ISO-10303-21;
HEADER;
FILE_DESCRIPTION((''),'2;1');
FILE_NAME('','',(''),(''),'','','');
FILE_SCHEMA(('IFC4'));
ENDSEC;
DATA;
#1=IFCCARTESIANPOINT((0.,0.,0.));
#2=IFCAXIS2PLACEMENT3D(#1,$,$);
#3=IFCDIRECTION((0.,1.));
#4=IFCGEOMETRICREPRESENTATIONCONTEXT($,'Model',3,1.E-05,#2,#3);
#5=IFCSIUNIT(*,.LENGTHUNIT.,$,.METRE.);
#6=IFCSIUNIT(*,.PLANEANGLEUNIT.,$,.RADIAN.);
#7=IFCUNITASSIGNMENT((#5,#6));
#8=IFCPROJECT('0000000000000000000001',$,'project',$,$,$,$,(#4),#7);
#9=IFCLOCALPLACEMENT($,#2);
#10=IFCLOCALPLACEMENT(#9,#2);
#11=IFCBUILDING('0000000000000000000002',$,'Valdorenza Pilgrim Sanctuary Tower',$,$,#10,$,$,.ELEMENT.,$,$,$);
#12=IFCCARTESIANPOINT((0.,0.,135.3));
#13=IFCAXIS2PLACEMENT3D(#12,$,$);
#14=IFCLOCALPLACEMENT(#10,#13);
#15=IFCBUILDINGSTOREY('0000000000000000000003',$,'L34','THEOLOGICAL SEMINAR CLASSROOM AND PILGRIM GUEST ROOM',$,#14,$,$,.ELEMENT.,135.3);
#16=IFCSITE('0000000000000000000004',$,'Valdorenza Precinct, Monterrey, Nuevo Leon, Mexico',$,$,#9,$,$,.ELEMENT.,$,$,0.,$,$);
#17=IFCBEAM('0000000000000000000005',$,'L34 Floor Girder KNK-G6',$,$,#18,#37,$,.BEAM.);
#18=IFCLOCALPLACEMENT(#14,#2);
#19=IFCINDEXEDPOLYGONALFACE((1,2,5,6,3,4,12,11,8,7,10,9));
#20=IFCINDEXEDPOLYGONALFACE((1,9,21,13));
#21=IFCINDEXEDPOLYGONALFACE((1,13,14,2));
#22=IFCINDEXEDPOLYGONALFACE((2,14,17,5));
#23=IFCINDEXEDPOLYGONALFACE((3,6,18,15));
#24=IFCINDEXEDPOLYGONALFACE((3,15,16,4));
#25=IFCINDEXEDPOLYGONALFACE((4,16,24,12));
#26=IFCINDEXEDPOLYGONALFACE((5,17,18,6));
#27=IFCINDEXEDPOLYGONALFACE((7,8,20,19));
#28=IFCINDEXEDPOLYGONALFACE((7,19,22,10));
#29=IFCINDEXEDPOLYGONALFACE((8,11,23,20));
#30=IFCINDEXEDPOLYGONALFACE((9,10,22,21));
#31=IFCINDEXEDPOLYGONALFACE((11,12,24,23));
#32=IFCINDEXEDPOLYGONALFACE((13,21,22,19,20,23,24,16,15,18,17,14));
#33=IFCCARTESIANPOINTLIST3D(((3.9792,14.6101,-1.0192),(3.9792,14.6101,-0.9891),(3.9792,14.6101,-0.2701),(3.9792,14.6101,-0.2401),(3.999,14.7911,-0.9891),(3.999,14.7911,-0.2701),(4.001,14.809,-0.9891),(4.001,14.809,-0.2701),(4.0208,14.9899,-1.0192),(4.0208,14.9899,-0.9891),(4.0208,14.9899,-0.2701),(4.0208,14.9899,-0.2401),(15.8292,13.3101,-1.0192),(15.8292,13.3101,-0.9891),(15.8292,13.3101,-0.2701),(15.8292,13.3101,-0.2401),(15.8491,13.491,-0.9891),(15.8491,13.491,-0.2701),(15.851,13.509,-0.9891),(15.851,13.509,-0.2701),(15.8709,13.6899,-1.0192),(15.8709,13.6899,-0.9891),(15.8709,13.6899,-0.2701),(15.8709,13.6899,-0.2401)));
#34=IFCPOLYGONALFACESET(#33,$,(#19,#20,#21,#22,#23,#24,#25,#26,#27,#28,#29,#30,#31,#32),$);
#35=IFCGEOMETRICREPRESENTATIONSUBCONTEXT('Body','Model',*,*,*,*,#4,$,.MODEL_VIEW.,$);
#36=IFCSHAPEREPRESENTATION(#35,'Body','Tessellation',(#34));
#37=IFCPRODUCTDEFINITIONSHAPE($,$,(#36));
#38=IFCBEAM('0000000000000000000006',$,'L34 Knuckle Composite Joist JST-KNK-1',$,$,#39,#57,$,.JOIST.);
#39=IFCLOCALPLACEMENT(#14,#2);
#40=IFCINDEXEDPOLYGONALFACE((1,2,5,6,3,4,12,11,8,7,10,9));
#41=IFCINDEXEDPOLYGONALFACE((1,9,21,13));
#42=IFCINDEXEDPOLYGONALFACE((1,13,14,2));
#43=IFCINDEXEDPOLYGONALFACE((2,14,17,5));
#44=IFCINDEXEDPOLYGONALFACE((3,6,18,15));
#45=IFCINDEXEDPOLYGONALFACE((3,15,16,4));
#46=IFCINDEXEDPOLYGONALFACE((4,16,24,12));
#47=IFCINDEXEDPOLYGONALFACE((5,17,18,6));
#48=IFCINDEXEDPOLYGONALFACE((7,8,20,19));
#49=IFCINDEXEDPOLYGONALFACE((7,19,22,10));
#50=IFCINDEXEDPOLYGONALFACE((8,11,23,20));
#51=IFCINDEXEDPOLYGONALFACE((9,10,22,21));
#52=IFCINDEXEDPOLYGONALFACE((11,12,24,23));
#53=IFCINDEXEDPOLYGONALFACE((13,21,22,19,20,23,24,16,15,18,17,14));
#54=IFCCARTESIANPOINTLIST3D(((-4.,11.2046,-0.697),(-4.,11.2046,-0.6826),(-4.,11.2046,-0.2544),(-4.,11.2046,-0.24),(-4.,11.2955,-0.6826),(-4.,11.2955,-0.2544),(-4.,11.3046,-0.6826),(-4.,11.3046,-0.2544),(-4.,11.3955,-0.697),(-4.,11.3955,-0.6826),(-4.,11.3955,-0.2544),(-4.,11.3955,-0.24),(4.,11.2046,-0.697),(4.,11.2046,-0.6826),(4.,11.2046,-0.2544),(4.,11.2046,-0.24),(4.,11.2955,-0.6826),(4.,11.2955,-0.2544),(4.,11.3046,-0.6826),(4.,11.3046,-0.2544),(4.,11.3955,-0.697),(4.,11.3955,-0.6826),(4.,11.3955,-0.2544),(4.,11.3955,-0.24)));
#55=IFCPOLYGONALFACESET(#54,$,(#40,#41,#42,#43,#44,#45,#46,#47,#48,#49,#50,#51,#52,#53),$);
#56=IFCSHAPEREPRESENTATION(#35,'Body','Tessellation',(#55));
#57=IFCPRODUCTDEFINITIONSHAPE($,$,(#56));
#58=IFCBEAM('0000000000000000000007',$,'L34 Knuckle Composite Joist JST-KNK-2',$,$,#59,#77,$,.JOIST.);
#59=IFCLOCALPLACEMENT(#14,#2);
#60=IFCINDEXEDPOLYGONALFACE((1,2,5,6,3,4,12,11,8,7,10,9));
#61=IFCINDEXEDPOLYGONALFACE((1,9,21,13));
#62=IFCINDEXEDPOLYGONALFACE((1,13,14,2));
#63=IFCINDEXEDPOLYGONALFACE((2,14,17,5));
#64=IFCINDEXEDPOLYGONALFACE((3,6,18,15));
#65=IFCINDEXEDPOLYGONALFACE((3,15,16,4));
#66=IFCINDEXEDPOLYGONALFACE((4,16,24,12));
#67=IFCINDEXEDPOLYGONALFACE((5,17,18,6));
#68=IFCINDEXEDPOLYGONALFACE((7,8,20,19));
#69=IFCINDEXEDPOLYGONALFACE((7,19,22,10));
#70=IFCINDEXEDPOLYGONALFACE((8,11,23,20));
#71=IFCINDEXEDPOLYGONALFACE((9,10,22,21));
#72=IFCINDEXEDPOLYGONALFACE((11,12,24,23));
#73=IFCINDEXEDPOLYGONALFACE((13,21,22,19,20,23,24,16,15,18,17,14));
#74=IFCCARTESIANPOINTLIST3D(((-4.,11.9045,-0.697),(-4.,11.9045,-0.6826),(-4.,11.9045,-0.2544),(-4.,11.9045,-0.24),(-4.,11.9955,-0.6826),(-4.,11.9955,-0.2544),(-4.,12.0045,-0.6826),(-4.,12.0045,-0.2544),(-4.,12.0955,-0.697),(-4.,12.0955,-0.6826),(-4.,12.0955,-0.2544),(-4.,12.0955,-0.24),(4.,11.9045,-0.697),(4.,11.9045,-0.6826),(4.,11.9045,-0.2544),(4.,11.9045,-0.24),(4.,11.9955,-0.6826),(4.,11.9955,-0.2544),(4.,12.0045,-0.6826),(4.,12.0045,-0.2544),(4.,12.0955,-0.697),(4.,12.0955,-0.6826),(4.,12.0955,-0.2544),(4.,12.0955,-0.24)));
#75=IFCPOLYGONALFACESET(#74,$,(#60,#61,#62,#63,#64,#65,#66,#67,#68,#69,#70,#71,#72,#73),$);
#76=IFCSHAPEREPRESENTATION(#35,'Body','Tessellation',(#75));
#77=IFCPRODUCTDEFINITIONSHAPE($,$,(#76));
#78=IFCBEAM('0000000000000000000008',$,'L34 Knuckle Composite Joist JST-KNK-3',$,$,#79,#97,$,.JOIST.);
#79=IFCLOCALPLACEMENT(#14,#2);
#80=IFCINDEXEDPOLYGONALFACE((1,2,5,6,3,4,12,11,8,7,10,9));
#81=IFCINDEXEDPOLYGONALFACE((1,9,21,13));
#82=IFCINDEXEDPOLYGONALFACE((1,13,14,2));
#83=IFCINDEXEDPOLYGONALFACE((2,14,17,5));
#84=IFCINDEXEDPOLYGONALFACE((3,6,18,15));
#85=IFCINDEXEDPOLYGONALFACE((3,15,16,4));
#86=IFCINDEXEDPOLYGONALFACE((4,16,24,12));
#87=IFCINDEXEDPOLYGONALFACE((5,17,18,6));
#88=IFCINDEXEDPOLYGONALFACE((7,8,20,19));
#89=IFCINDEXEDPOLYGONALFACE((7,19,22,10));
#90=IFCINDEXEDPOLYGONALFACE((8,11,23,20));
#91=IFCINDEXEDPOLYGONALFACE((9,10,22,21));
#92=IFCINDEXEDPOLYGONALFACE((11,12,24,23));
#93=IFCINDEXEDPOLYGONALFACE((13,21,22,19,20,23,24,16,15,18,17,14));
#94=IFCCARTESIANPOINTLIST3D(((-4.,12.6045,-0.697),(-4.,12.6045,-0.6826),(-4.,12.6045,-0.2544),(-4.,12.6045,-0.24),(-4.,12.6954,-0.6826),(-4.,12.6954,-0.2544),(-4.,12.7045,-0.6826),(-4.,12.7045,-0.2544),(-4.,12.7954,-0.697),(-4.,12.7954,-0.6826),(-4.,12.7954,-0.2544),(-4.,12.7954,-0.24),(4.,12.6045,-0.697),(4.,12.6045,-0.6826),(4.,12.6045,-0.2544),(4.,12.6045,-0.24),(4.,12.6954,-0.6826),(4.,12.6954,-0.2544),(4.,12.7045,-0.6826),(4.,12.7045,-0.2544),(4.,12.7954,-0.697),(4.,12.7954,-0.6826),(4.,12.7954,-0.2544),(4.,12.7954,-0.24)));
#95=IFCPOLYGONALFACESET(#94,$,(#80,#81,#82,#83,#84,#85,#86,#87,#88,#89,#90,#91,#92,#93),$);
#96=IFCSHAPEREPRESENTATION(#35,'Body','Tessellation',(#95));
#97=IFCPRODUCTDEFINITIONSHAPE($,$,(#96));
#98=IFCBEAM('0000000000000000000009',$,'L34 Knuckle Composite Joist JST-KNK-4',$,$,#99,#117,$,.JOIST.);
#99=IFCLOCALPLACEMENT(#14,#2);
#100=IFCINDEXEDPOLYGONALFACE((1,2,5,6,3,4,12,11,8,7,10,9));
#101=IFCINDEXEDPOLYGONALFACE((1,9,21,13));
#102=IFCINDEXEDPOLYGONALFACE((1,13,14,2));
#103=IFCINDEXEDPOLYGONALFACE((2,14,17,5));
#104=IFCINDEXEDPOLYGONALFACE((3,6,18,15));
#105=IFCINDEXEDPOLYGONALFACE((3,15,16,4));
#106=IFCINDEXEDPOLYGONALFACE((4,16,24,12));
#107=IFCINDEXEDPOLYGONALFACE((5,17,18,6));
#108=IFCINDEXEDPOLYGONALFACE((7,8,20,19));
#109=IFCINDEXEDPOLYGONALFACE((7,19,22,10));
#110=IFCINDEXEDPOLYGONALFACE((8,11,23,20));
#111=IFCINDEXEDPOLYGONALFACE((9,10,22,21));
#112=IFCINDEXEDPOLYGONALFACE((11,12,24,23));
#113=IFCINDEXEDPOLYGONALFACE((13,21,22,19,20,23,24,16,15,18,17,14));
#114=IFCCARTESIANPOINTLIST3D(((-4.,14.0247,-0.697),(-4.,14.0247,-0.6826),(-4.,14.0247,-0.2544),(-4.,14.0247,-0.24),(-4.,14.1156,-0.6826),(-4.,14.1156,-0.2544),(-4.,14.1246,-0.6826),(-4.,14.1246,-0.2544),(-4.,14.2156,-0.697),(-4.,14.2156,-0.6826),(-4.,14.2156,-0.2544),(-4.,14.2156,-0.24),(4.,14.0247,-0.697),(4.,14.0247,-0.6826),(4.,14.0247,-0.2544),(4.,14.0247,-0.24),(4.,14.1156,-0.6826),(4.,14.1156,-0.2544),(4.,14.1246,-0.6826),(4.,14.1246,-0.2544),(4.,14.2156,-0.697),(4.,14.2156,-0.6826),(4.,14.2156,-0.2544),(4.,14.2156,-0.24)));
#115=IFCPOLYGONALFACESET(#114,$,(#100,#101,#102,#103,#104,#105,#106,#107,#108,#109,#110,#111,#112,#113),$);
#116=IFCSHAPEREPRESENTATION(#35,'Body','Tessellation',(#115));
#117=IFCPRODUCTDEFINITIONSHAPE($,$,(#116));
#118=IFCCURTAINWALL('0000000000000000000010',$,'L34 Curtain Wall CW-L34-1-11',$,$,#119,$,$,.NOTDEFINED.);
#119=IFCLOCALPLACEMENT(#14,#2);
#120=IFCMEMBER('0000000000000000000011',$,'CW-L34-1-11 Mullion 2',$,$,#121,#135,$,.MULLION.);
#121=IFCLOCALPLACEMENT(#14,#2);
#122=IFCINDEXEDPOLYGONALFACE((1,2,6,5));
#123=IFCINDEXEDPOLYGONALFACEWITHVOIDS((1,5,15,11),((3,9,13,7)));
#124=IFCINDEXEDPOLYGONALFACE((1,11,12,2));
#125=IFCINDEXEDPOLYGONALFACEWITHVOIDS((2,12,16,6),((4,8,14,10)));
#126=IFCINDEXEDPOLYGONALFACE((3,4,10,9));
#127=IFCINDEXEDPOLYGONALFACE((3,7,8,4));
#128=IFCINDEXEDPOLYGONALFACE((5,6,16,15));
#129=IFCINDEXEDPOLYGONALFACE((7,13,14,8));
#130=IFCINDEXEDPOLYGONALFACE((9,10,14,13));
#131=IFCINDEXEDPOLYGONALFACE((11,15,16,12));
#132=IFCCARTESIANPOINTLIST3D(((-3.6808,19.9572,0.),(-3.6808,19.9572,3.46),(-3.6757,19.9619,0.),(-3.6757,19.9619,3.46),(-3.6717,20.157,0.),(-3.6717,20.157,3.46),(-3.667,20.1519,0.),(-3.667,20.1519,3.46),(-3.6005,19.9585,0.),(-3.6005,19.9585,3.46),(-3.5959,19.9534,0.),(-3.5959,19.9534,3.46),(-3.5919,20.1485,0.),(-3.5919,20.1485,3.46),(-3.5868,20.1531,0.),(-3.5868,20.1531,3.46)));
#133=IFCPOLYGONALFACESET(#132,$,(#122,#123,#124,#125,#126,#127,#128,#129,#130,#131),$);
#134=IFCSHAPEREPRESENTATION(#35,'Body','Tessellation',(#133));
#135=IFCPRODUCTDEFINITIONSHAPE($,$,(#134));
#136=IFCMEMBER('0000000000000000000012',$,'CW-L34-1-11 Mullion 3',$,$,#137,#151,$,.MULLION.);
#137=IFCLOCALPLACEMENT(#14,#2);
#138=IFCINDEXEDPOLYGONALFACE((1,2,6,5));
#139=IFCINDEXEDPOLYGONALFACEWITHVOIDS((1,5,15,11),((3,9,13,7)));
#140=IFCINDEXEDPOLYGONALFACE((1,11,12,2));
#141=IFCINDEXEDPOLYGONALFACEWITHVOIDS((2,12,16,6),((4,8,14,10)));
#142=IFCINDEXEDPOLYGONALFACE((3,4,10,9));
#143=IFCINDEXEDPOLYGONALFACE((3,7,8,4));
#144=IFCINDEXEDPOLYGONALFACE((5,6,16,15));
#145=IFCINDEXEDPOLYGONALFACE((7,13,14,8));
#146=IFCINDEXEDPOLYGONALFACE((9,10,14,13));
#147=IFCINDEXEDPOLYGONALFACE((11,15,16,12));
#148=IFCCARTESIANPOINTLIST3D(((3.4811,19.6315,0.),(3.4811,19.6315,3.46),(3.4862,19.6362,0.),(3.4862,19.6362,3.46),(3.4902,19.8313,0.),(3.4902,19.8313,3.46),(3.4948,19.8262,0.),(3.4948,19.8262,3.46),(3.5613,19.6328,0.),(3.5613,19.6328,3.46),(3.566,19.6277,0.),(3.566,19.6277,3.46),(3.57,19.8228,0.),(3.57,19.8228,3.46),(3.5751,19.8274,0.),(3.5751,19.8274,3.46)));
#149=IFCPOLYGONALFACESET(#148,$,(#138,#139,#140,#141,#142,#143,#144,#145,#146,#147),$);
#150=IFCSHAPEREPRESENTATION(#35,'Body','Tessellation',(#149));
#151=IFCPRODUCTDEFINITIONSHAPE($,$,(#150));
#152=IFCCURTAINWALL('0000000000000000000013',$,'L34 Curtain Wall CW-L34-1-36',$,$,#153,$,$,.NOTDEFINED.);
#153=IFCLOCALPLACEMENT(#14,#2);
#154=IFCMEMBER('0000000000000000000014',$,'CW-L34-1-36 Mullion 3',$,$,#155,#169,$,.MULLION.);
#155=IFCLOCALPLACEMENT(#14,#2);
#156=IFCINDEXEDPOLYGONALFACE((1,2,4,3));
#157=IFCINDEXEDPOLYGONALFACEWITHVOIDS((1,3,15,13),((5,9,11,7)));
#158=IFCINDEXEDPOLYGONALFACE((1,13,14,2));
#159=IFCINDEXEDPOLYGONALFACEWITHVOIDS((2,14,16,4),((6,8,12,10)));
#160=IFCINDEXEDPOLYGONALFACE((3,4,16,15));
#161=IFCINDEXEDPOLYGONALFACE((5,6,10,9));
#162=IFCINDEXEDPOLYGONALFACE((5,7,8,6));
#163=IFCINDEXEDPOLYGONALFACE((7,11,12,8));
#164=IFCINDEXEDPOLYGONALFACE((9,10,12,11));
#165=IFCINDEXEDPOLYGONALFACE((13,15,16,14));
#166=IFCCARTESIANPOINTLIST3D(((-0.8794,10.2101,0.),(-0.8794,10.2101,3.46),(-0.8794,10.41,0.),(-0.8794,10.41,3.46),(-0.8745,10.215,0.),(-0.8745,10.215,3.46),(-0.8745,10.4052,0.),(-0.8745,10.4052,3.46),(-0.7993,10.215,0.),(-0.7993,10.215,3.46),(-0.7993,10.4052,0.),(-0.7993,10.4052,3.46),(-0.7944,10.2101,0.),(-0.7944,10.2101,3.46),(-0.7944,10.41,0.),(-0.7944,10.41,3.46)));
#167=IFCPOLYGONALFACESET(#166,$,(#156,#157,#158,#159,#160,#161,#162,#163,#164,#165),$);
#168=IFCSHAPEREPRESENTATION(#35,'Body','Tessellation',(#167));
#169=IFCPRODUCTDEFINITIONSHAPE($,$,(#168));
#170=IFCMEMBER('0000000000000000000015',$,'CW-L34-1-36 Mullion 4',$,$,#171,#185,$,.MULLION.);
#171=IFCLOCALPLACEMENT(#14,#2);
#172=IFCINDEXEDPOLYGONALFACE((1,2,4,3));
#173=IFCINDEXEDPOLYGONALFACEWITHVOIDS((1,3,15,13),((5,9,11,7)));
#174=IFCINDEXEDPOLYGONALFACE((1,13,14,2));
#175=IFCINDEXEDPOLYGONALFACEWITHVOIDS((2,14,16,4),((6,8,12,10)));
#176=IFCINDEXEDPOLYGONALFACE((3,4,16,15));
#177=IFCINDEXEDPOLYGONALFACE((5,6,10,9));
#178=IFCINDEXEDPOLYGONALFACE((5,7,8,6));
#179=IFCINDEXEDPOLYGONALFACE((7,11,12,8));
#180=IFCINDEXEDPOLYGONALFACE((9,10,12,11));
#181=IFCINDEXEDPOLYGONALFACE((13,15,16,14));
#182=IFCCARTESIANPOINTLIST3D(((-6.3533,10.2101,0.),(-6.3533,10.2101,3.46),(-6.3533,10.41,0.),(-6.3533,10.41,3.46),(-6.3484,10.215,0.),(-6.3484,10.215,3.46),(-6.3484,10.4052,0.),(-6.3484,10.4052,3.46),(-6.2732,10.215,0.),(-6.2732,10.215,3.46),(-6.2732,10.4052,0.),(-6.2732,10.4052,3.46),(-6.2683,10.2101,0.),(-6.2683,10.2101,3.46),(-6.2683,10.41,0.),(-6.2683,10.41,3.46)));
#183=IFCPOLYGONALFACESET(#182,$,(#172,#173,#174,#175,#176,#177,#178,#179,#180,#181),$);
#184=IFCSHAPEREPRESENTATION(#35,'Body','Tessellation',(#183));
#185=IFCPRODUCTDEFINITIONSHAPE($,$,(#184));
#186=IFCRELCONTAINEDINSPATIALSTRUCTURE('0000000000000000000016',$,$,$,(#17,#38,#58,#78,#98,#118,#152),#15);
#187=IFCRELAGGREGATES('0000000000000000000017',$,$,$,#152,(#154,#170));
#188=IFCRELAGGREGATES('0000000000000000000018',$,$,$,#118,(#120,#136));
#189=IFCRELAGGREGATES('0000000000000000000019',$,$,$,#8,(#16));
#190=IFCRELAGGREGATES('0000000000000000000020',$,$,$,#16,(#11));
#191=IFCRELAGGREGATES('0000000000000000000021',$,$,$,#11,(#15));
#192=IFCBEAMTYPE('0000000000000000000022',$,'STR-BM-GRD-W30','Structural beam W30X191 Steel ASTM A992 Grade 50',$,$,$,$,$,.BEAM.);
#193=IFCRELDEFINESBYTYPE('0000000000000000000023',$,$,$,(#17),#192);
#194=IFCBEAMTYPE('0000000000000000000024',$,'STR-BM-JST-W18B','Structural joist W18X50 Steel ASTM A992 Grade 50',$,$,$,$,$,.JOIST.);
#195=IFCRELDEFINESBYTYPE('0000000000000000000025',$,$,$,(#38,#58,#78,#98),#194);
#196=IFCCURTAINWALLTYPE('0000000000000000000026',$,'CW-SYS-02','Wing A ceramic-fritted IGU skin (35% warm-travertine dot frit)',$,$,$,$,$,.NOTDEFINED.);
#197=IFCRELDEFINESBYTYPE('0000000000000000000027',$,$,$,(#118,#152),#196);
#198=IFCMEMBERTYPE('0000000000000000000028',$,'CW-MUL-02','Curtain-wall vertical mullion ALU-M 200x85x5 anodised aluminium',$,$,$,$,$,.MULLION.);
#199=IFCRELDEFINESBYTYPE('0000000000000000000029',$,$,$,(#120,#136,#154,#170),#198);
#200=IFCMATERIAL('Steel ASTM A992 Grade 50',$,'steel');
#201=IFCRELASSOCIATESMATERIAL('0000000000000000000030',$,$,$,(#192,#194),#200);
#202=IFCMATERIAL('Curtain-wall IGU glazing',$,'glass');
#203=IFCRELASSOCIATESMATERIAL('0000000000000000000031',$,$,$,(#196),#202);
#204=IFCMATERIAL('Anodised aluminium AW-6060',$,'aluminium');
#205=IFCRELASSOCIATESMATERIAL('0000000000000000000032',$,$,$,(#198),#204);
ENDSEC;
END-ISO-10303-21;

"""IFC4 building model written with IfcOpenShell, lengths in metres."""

from ifc_helpers import new_model, si_unit, direction, frame, origin, origin_2d, place, context, subcontext, project, spatial, hollow_rectangle, i_section, extrude, source, transform, mapped, material, material_profile, profile_set, type_object, element, aggregate, save


model = new_model("IFC4")

# Units and contexts
model_context = context("Model", 3, precision=1e-05, world=origin(), true_north=direction((0.0, 1.0)))
body_context = subcontext(model_context, "Body", "Model", "MODEL_VIEW")
ifc_project = project(units=[si_unit("LENGTHUNIT", "METRE"), si_unit("PLANEANGLEUNIT", "RADIAN")], contexts=[model_context])

# Site, building, storey
site_placement = place(None, origin())
site = spatial("IfcSite", under=ifc_project, at=site_placement, Name="Valdorenza Precinct, Monterrey, Nuevo Leon, Mexico", CompositionType="ELEMENT", RefElevation=0.0)
building_placement = place(site_placement, origin())
building = spatial("IfcBuilding", under=site, at=building_placement, Name="Valdorenza Pilgrim Sanctuary Tower", CompositionType="ELEMENT")
storey_placement = place(building_placement, frame((0.0, 0.0, 135.3)))
storey = spatial("IfcBuildingStorey", under=building, at=storey_placement, Name="L34", Description="THEOLOGICAL SEMINAR CLASSROOM AND PILGRIM GUEST ROOM", CompositionType="ELEMENT", Elevation=135.3)

# Shared definitions
ifc_material_1 = material(Name="Steel ASTM A992 Grade 50", Category="steel")

# Beams
ifc_material_profile_1 = material_profile(ifc_material_1, i_section(OverallWidth=0.3821, OverallDepth=0.7791, WebThickness=0.0181, FlangeThickness=0.03, at=origin_2d()), Name="W30X191")
ifc_profile_set_1 = profile_set([ifc_material_profile_1], Name="Steel ASTM A992 Grade 50")
beam_type_1 = type_object("IfcBeamType", Name="STR-BM-GRD-W30", Description="Structural beam W30X191 Steel ASTM A992 Grade 50", PredefinedType="BEAM", material=ifc_profile_set_1)
shared_shape_1 = source(origin(), body_context, "Body", "SweptSolid", [
    extrude(i_section(OverallWidth=0.3821, OverallDepth=0.7791, WebThickness=0.0181, FlangeThickness=0.03, at=origin_2d()), origin(), (0.0, 0.0, 1.0), 11.9211),
])
beam_1_placement = place(storey_placement, frame((4.0, 14.8, -0.6296), z_axis=(0.994036, -0.109054, 0.0), x_axis=(0.109054, 0.994036, 0.0)))
element("IfcBeam", 1, at=beam_1_placement, inside=storey, type_object=beam_type_1, Name="L34 Floor Girder KNK-G6", PredefinedType="BEAM", context=body_context, shape_type="MappedRepresentation", body=[
    mapped(shared_shape_1, transform((0.0, 0.0, 0.0), x_axis=(1.0, 0.0, 0.0), y_axis=(0.0, 1.0, 0.0), z_axis=(0.0, 0.0, 1.0), scale=1.0)),
])
ifc_material_profile_2 = material_profile(ifc_material_1, i_section(OverallWidth=0.1909, OverallDepth=0.457, WebThickness=0.009, FlangeThickness=0.0144, at=origin_2d()), Name="W18X50")
ifc_profile_set_2 = profile_set([ifc_material_profile_2], Name="Steel ASTM A992 Grade 50")
beam_type_2 = type_object("IfcBeamType", Name="STR-BM-JST-W18B", Description="Structural joist W18X50 Steel ASTM A992 Grade 50", PredefinedType="JOIST", material=ifc_profile_set_2)
shared_shape_2 = source(origin(), body_context, "Body", "SweptSolid", [
    extrude(i_section(OverallWidth=0.1909, OverallDepth=0.457, WebThickness=0.009, FlangeThickness=0.0144, at=origin_2d()), origin(), (0.0, 0.0, 1.0), 8.0),
])
for number, where, z_axis, x_axis, name in (
    (2, (-4.0, 11.3, -0.4685), (1.0, 0.0, 0.0), (0.0, 1.0, 0.0), "L34 Knuckle Composite Joist JST-KNK-1"),
    (3, (-4.0, 12.0, -0.4685), (1.0, 0.0, 0.0), (0.0, 1.0, 0.0), "L34 Knuckle Composite Joist JST-KNK-2"),
    (4, (-4.0, 12.7, -0.4685), (1.0, 0.0, 0.0), (0.0, 1.0, 0.0), "L34 Knuckle Composite Joist JST-KNK-3"),
    (5, (-4.0, 14.1201, -0.4685), (1.0, 0.0, 0.0), (0.0, 1.0, 0.0), "L34 Knuckle Composite Joist JST-KNK-4"),
):
    element("IfcBeam", number, at=place(storey_placement, frame(where, z_axis=z_axis, x_axis=x_axis)), inside=storey, type_object=beam_type_2, Name=name, PredefinedType="JOIST", context=body_context, shape_type="MappedRepresentation", body=[
        mapped(shared_shape_2, transform((0.0, 0.0, 0.0), x_axis=(1.0, 0.0, 0.0), y_axis=(0.0, 1.0, 0.0), z_axis=(0.0, 0.0, 1.0), scale=1.0)),
    ])

# Curtain wall, members
ifc_material_2 = material(Name="Curtain-wall IGU glazing", Category="glass")
curtain_wall_type = type_object("IfcCurtainWallType", Name="CW-SYS-02", Description="Wing A ceramic-fritted IGU skin (35% warm-travertine dot frit)", PredefinedType="NOTDEFINED", material=ifc_material_2)
curtain_wall_1_placement = place(storey_placement, origin())
curtain_wall_1 = element("IfcCurtainWall", 6, at=curtain_wall_1_placement, inside=storey, type_object=curtain_wall_type, Name="L34 Curtain Wall CW-L34-1-11", PredefinedType="NOTDEFINED")
ifc_material_3 = material(Name="Anodised aluminium AW-6060", Category="aluminium")
ifc_material_profile_3 = material_profile(ifc_material_3, hollow_rectangle(XDim=0.085, YDim=0.2, WallThickness=0.0049, at=origin_2d()), Name="ALU-M 200x85x5")
ifc_profile_set_3 = profile_set([ifc_material_profile_3], Name="Anodised aluminium AW-6060")
member_type = type_object("IfcMemberType", Name="CW-MUL-02", Description="Curtain-wall vertical mullion ALU-M 200x85x5 anodised aluminium", PredefinedType="MULLION", material=ifc_profile_set_3)
shared_shape_3 = source(origin(), body_context, "Body", "SweptSolid", [
    extrude(hollow_rectangle(XDim=0.085, YDim=0.2, WallThickness=0.0049, at=origin_2d()), origin(), (0.0, 0.0, 1.0), 3.46),
])
member_1_placement = place(storey_placement, frame((-3.6338, 20.0552, 0.0), z_axis=(0.0, 0.0, 1.0), x_axis=(0.998968, -0.045415, 0.0)))
member_1 = element("IfcMember", 7, at=member_1_placement, type_object=member_type, Name="CW-L34-1-11 Mullion 2", PredefinedType="MULLION", context=body_context, shape_type="MappedRepresentation", body=[
    mapped(shared_shape_3, transform((0.0, 0.0, 0.0), x_axis=(1.0, 0.0, 0.0), y_axis=(0.0, 1.0, 0.0), z_axis=(0.0, 0.0, 1.0), scale=1.0)),
])
member_2_placement = place(storey_placement, frame((3.5281, 19.7295, 0.0), z_axis=(0.0, 0.0, 1.0), x_axis=(0.998968, -0.045415, 0.0)))
member_2 = element("IfcMember", 8, at=member_2_placement, type_object=member_type, Name="CW-L34-1-11 Mullion 3", PredefinedType="MULLION", context=body_context, shape_type="MappedRepresentation", body=[
    mapped(shared_shape_3, transform((0.0, 0.0, 0.0), x_axis=(1.0, 0.0, 0.0), y_axis=(0.0, 1.0, 0.0), z_axis=(0.0, 0.0, 1.0), scale=1.0)),
])

# Curtain wall, members
curtain_wall_2_placement = place(storey_placement, origin())
curtain_wall_2 = element("IfcCurtainWall", 9, at=curtain_wall_2_placement, inside=storey, type_object=curtain_wall_type, Name="L34 Curtain Wall CW-L34-1-36", PredefinedType="NOTDEFINED")
member_3_placement = place(storey_placement, frame((-0.8369, 10.3101, 0.0), z_axis=(0.0, 0.0, 1.0), x_axis=(-1.0, 0.0, 0.0)))
member_3 = element("IfcMember", 10, at=member_3_placement, type_object=member_type, Name="CW-L34-1-36 Mullion 3", PredefinedType="MULLION", context=body_context, shape_type="MappedRepresentation", body=[
    mapped(shared_shape_3, transform((0.0, 0.0, 0.0), x_axis=(1.0, 0.0, 0.0), y_axis=(0.0, 1.0, 0.0), z_axis=(0.0, 0.0, 1.0), scale=1.0)),
])
member_4_placement = place(storey_placement, frame((-6.3108, 10.3101, 0.0), z_axis=(0.0, 0.0, 1.0), x_axis=(-1.0, 0.0, 0.0)))
member_4 = element("IfcMember", 11, at=member_4_placement, type_object=member_type, Name="CW-L34-1-36 Mullion 4", PredefinedType="MULLION", context=body_context, shape_type="MappedRepresentation", body=[
    mapped(shared_shape_3, transform((0.0, 0.0, 0.0), x_axis=(1.0, 0.0, 0.0), y_axis=(0.0, 1.0, 0.0), z_axis=(0.0, 0.0, 1.0), scale=1.0)),
])
aggregate(curtain_wall_2, [member_3, member_4])

aggregate(curtain_wall_1, [member_1, member_2])

save(model, "model.ifc")
